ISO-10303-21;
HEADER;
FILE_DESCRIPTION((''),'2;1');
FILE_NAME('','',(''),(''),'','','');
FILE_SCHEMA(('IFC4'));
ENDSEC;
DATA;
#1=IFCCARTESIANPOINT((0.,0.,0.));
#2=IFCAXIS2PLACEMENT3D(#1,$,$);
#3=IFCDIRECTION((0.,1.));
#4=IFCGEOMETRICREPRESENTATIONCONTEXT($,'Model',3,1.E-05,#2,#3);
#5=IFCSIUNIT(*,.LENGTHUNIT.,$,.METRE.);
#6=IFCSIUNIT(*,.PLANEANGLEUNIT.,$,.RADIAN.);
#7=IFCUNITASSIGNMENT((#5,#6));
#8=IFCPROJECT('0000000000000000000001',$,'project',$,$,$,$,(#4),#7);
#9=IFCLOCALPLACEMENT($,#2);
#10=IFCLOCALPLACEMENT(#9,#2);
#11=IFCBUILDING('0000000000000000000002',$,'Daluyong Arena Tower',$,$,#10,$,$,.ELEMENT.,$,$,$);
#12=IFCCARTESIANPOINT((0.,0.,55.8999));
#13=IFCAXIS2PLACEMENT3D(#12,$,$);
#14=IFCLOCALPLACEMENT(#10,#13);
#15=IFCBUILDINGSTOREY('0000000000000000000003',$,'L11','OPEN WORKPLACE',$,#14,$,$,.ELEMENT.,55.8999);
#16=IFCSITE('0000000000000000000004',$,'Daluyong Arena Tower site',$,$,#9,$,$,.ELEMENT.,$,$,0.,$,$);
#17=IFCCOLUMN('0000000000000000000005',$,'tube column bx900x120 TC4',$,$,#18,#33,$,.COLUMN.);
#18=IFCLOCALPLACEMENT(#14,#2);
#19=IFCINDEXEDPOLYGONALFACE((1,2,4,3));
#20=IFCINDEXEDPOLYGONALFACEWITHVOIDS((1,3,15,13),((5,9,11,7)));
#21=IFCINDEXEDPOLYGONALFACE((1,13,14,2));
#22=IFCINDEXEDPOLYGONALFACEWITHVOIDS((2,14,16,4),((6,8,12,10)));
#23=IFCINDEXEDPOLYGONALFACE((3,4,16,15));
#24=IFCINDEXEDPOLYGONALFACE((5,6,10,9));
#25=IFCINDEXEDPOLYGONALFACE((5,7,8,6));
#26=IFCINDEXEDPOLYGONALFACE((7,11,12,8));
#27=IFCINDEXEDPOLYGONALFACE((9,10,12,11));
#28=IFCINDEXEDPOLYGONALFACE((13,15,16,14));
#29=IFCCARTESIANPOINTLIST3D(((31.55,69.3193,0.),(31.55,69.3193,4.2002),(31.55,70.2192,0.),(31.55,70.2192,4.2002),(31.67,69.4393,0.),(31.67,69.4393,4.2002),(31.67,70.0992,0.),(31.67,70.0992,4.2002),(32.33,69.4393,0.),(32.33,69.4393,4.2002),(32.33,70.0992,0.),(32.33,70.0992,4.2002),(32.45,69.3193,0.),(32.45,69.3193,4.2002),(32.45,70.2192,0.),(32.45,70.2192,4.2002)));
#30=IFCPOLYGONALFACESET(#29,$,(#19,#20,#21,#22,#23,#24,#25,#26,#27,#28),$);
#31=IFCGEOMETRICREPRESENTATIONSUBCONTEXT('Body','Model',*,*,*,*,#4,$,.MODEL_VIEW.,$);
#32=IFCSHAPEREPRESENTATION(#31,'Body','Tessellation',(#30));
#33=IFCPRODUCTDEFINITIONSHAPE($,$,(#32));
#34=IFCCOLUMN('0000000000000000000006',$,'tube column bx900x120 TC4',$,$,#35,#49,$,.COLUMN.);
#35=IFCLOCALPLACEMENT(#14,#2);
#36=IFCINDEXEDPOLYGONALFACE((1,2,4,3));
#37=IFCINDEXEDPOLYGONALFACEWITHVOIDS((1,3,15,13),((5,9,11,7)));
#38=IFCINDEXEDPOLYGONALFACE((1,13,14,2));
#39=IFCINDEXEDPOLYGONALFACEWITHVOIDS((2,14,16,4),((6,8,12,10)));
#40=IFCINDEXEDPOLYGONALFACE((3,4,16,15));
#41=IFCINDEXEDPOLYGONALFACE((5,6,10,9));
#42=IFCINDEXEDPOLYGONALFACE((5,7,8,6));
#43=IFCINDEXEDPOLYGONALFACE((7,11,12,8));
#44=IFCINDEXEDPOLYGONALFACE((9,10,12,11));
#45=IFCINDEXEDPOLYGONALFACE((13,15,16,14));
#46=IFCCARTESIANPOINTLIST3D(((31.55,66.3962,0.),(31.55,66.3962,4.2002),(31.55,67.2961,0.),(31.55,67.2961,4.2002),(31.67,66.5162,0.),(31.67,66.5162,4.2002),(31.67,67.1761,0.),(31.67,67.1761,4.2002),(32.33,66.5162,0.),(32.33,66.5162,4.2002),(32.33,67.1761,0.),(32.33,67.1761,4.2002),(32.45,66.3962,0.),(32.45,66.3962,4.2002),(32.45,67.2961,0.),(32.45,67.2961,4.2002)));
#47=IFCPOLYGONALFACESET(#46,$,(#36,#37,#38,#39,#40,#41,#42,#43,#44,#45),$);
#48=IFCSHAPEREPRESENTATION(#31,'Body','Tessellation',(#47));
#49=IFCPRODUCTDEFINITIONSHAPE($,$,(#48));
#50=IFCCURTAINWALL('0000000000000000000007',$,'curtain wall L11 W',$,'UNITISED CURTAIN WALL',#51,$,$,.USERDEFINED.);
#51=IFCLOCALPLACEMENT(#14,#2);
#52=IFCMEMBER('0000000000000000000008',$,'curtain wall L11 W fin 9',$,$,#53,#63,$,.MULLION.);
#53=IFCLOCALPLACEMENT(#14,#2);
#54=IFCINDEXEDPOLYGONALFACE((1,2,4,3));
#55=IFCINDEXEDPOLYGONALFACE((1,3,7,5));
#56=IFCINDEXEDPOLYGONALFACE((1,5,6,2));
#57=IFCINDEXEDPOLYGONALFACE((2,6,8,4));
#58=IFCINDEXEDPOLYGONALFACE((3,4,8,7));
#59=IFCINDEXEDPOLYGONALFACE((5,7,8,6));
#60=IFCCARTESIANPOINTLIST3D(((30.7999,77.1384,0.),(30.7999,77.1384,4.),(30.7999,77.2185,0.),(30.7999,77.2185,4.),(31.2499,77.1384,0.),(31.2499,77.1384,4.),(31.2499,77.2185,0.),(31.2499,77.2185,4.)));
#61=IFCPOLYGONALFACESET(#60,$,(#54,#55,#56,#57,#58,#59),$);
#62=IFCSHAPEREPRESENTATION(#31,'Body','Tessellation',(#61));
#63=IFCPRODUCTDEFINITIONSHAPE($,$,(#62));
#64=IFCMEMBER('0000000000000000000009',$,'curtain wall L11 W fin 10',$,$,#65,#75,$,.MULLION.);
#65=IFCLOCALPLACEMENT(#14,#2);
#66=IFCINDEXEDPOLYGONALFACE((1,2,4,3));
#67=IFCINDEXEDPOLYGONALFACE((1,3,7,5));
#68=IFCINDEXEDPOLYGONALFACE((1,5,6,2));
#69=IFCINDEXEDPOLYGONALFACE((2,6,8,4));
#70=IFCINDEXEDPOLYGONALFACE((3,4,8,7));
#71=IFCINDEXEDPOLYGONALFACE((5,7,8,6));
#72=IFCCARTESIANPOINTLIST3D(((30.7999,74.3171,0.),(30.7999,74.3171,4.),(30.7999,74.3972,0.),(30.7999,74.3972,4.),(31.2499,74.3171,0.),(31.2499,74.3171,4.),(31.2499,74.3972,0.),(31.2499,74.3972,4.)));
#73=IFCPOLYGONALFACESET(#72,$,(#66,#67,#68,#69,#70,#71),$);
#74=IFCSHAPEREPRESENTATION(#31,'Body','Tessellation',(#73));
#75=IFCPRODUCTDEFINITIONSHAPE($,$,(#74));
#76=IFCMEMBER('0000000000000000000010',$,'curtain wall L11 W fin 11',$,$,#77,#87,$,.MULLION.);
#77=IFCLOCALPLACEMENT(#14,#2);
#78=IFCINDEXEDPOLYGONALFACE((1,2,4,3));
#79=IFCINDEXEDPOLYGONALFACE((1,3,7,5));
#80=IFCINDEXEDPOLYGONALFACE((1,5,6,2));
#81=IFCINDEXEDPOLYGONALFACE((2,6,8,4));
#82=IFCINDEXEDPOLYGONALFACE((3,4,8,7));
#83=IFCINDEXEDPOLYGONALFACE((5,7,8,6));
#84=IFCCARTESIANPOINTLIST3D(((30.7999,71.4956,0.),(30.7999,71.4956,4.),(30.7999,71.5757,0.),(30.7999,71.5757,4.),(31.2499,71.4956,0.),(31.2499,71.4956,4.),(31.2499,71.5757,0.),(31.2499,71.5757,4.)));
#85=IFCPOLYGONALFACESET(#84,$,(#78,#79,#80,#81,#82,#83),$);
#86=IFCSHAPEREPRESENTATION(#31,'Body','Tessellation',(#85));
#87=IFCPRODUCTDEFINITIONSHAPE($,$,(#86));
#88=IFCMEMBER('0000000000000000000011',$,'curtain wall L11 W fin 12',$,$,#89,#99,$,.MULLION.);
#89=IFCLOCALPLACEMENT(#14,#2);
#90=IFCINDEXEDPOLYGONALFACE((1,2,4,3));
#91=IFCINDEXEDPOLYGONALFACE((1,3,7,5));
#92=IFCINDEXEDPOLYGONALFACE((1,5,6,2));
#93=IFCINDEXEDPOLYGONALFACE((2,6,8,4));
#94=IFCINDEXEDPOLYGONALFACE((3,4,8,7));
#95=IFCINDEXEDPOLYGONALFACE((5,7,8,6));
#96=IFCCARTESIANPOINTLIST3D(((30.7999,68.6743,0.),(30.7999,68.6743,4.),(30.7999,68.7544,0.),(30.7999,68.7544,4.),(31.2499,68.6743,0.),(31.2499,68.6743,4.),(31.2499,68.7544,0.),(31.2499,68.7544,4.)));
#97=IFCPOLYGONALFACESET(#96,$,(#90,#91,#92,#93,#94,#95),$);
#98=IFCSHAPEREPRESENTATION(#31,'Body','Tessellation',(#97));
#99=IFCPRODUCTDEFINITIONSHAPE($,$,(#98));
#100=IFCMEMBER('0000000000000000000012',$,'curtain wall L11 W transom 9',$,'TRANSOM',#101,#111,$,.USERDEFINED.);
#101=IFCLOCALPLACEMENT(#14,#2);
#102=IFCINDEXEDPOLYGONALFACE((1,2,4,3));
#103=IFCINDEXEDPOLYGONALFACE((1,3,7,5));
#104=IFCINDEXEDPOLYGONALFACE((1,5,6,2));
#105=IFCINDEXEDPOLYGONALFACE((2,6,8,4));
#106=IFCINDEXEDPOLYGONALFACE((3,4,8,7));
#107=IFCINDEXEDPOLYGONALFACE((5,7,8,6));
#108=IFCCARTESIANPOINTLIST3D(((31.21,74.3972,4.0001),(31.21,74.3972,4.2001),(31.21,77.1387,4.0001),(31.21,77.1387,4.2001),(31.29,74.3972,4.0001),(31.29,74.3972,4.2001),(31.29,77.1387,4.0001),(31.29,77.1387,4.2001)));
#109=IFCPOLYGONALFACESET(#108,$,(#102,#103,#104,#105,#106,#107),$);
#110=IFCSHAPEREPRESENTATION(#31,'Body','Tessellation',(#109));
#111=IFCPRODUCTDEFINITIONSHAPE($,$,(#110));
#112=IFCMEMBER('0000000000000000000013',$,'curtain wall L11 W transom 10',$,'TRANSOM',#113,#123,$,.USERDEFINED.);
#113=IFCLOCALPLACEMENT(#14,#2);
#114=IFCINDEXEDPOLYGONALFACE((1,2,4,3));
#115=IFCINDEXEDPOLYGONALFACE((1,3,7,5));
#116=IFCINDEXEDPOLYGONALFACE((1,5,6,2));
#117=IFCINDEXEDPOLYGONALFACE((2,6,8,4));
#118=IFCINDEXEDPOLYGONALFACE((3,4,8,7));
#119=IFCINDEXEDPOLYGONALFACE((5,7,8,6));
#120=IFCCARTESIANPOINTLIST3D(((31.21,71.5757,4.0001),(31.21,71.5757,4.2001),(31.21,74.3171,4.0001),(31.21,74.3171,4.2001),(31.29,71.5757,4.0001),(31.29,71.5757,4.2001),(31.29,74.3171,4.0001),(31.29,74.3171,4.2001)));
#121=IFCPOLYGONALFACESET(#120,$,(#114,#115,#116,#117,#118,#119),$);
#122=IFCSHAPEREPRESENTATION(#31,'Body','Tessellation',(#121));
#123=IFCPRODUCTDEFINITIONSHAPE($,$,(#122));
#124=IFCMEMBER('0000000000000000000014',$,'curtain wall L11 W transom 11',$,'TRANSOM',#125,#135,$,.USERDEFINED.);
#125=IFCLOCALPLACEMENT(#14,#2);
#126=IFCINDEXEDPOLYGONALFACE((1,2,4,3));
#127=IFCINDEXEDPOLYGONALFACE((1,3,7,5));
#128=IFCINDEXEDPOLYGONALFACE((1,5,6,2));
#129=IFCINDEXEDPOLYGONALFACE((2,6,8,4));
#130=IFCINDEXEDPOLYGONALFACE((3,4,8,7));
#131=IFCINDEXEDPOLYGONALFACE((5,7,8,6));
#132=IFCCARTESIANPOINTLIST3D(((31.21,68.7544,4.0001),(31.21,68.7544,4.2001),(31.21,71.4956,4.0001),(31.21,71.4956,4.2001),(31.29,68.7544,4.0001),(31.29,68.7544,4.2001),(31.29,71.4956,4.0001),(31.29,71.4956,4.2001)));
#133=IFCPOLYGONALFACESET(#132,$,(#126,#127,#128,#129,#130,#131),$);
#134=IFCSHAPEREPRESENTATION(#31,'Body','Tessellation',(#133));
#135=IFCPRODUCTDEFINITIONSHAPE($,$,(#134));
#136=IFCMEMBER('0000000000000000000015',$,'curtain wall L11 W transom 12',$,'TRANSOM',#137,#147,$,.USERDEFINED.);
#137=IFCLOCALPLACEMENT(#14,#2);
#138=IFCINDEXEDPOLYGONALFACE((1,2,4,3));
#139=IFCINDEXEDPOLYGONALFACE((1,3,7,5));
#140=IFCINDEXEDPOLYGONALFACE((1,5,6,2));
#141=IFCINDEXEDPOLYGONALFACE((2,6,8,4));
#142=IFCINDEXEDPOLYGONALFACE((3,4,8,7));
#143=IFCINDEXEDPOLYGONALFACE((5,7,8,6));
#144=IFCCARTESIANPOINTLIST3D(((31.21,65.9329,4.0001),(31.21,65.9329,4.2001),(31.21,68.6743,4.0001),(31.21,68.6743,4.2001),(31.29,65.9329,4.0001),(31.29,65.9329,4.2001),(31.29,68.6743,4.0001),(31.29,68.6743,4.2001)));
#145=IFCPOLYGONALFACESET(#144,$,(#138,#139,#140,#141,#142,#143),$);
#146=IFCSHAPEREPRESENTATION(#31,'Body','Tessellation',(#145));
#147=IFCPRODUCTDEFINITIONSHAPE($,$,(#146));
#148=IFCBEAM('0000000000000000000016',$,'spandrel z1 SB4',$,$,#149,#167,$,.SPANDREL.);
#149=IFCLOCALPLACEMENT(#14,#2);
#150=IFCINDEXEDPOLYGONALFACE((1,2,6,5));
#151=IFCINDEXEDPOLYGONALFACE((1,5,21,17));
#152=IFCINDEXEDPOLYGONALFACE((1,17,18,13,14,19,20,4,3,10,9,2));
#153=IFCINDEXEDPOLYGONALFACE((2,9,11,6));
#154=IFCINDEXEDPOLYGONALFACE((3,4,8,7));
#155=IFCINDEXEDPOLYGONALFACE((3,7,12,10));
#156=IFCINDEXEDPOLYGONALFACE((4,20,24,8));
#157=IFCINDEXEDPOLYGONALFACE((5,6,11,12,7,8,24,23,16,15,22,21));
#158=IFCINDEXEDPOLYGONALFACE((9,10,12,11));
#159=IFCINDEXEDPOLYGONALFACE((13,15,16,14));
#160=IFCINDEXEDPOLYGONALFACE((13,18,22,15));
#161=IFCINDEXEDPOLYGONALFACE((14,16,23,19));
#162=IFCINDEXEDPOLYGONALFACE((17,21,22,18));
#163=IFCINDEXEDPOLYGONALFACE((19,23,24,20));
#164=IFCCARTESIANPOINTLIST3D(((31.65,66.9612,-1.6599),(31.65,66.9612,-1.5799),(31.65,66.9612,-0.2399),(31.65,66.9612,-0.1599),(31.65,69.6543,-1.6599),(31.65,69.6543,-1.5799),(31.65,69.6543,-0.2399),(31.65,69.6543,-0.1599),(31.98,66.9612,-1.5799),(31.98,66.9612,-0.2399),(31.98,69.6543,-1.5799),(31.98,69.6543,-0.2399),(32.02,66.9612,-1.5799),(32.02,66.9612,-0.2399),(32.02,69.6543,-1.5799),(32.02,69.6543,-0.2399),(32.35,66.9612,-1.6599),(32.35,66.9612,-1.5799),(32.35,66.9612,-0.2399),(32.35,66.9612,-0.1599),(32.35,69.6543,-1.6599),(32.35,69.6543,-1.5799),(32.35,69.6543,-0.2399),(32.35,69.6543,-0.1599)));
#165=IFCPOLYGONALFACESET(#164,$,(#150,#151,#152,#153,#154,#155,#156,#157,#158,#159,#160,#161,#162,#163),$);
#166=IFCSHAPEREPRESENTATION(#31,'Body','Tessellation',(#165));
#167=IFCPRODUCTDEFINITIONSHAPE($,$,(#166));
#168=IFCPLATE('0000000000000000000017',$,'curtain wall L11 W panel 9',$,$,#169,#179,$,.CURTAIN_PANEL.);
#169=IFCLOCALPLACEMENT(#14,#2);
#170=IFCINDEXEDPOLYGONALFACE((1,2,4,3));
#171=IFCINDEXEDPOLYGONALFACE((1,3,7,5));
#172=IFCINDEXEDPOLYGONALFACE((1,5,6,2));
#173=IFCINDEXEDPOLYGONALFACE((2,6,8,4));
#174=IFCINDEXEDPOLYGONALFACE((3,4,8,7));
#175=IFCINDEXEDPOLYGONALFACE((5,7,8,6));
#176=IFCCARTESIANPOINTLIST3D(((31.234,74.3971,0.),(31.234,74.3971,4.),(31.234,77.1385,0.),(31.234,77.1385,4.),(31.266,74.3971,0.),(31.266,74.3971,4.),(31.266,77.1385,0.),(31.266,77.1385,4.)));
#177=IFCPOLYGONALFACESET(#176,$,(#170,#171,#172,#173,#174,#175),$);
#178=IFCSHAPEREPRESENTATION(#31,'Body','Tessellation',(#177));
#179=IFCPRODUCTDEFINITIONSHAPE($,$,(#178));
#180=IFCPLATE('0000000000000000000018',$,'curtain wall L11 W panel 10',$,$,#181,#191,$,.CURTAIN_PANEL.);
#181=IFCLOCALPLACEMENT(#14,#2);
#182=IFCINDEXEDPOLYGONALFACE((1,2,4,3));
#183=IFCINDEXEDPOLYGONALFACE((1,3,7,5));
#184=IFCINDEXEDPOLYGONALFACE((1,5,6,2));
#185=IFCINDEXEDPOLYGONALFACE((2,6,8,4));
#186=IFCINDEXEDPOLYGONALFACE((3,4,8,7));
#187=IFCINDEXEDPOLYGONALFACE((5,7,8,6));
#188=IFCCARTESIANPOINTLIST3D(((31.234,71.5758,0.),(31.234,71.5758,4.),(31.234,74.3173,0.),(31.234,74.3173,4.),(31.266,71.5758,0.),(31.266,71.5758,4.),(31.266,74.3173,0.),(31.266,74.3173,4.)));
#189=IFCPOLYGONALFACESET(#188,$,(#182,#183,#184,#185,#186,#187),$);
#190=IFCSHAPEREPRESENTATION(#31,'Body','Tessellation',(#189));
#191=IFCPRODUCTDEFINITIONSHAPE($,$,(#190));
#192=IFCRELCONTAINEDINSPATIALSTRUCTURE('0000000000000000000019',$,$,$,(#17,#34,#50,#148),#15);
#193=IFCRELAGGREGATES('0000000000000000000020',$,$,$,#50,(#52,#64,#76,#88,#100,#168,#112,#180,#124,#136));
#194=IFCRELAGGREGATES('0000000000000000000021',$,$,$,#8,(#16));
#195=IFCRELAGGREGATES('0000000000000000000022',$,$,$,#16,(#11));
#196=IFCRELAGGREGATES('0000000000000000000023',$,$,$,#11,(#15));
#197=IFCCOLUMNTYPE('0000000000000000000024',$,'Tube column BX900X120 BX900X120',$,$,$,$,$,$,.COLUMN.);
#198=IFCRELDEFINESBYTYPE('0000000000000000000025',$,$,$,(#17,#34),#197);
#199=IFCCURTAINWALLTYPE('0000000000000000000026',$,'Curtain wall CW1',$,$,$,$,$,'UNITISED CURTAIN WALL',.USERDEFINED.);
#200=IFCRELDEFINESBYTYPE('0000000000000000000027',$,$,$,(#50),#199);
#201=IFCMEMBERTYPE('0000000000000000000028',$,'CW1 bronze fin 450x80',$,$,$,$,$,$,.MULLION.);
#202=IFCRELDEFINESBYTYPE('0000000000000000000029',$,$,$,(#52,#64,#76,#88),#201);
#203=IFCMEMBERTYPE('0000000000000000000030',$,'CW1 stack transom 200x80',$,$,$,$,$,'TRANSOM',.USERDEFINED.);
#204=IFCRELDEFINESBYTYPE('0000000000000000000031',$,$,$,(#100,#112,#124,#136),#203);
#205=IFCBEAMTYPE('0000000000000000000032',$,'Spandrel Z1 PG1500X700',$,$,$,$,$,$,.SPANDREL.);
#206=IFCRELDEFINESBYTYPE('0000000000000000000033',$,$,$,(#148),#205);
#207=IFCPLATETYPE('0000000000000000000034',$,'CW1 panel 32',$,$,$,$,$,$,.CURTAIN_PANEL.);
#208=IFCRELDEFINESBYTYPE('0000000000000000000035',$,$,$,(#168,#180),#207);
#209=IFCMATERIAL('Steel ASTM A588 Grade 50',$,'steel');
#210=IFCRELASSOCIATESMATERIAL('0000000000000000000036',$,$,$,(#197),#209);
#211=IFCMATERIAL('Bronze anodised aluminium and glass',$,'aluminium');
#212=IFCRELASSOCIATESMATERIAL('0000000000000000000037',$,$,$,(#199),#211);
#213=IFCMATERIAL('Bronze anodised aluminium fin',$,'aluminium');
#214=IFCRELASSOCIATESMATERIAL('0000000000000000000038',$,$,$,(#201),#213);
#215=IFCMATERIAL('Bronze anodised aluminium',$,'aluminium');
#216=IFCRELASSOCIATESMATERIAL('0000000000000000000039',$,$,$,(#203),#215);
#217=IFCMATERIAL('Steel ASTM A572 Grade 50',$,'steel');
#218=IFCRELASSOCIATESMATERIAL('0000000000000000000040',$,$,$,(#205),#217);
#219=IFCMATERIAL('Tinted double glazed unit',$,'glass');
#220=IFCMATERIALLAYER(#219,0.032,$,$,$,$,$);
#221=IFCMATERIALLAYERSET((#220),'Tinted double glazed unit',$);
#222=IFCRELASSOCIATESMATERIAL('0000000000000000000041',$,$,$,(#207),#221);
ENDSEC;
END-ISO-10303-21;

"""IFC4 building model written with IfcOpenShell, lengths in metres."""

from ifc_helpers import new_model, si_unit, direction, frame, origin, origin_2d, place, context, subcontext, project, spatial, rectangle, hollow_rectangle, i_section, extrude, material, layer, layer_set, material_profile, profile_set, type_object, element, aggregate, save


model = new_model("IFC4")

# Units and contexts
model_context = context("Model", 3, precision=1e-05, world=origin(), true_north=direction((0.0, 1.0)))
body_context = subcontext(model_context, "Body", "Model", "MODEL_VIEW")
ifc_project = project(units=[si_unit("LENGTHUNIT", "METRE"), si_unit("PLANEANGLEUNIT", "RADIAN")], contexts=[model_context])

# Site, building, storey
site_placement = place(None, origin())
site = spatial("IfcSite", under=ifc_project, at=site_placement, Name="Daluyong Arena Tower site", CompositionType="ELEMENT", RefElevation=0.0)
building_placement = place(site_placement, origin())
building = spatial("IfcBuilding", under=site, at=building_placement, Name="Daluyong Arena Tower", CompositionType="ELEMENT")
storey_placement = place(building_placement, frame((0.0, 0.0, 55.8999)))
storey = spatial("IfcBuildingStorey", under=building, at=storey_placement, Name="L11", Description="OPEN WORKPLACE", CompositionType="ELEMENT", Elevation=55.8999)

# Columns
ifc_material_1 = material(Name="Steel ASTM A588 Grade 50", Category="steel")
ifc_material_profile_1 = material_profile(ifc_material_1, hollow_rectangle(XDim=0.8999, YDim=0.8999, WallThickness=0.12, at=origin_2d()))
ifc_profile_set_1 = profile_set([ifc_material_profile_1], Name="Steel ASTM A588 Grade 50")
column_type = type_object("IfcColumnType", Name="Tube column BX900X120 BX900X120", PredefinedType="COLUMN", material=ifc_profile_set_1)
for number, where, z_axis, x_axis, name in (
    (1, (32.0, 69.7693, 0.0), (0.0, 0.0, 1.0), (0.0, 1.0, 0.0), "tube column bx900x120 TC4"),
    (2, (32.0, 66.8462, 0.0), (0.0, 0.0, 1.0), (0.0, 1.0, 0.0), "tube column bx900x120 TC4"),
):
    element("IfcColumn", number, at=place(storey_placement, frame(where, z_axis=z_axis, x_axis=x_axis)), inside=storey, type_object=column_type, Name=name, PredefinedType="COLUMN", context=body_context, shape_type="SweptSolid", body=[
        extrude(hollow_rectangle(XDim=0.8999, YDim=0.8999, WallThickness=0.12, at=origin_2d()), origin(), (0.0, 0.0, 1.0), 4.2002),
    ])

# Curtain wall, members
ifc_material_2 = material(Name="Bronze anodised aluminium and glass", Category="aluminium")
curtain_wall_type = type_object("IfcCurtainWallType", Name="Curtain wall CW1", ElementType="UNITISED CURTAIN WALL", PredefinedType="USERDEFINED", material=ifc_material_2)
curtain_wall_placement = place(storey_placement, origin())
curtain_wall = element("IfcCurtainWall", 3, at=curtain_wall_placement, inside=storey, type_object=curtain_wall_type, Name="curtain wall L11 W", ObjectType="UNITISED CURTAIN WALL", PredefinedType="USERDEFINED")
ifc_material_3 = material(Name="Bronze anodised aluminium fin", Category="aluminium")
ifc_material_profile_2 = material_profile(ifc_material_3, rectangle(XDim=0.45, YDim=0.0801, at=origin_2d()))
ifc_profile_set_2 = profile_set([ifc_material_profile_2], Name="Bronze anodised aluminium fin")
member_type_1 = type_object("IfcMemberType", Name="CW1 bronze fin 450x80", PredefinedType="MULLION", material=ifc_profile_set_2)
member_1_placement = place(storey_placement, frame((31.0249, 77.1785, 0.0), z_axis=(0.0, 0.0, 1.0), x_axis=(1.0, 0.0, 0.0)))
member_1 = element("IfcMember", 4, at=member_1_placement, type_object=member_type_1, Name="curtain wall L11 W fin 9", PredefinedType="MULLION", context=body_context, shape_type="SweptSolid", body=[
    extrude(rectangle(XDim=0.45, YDim=0.0801, at=origin_2d()), origin(), (0.0, 0.0, 1.0), 4.0),
])
member_2_placement = place(storey_placement, frame((31.0249, 74.3572, 0.0), z_axis=(0.0, 0.0, 1.0), x_axis=(1.0, 0.0, 0.0)))
member_2 = element("IfcMember", 5, at=member_2_placement, type_object=member_type_1, Name="curtain wall L11 W fin 10", PredefinedType="MULLION", context=body_context, shape_type="SweptSolid", body=[
    extrude(rectangle(XDim=0.45, YDim=0.0801, at=origin_2d()), origin(), (0.0, 0.0, 1.0), 4.0),
])
member_3_placement = place(storey_placement, frame((31.0249, 71.5356, 0.0), z_axis=(0.0, 0.0, 1.0), x_axis=(1.0, 0.0, 0.0)))
member_3 = element("IfcMember", 6, at=member_3_placement, type_object=member_type_1, Name="curtain wall L11 W fin 11", PredefinedType="MULLION", context=body_context, shape_type="SweptSolid", body=[
    extrude(rectangle(XDim=0.45, YDim=0.0801, at=origin_2d()), origin(), (0.0, 0.0, 1.0), 4.0),
])
member_4_placement = place(storey_placement, frame((31.0249, 68.7144, 0.0), z_axis=(0.0, 0.0, 1.0), x_axis=(1.0, 0.0, 0.0)))
member_4 = element("IfcMember", 7, at=member_4_placement, type_object=member_type_1, Name="curtain wall L11 W fin 12", PredefinedType="MULLION", context=body_context, shape_type="SweptSolid", body=[
    extrude(rectangle(XDim=0.45, YDim=0.0801, at=origin_2d()), origin(), (0.0, 0.0, 1.0), 4.0),
])
ifc_material_4 = material(Name="Bronze anodised aluminium", Category="aluminium")
ifc_material_profile_3 = material_profile(ifc_material_4, rectangle(XDim=0.0801, YDim=0.2, at=origin_2d()))
ifc_profile_set_3 = profile_set([ifc_material_profile_3], Name="Bronze anodised aluminium")
member_type_2 = type_object("IfcMemberType", Name="CW1 stack transom 200x80", ElementType="TRANSOM", PredefinedType="USERDEFINED", material=ifc_profile_set_3)
member_5_placement = place(storey_placement, frame((31.25, 77.1387, 4.1001), z_axis=(0.0, -1.0, 0.0), x_axis=(1.0, 0.0, 0.0)))
member_5 = element("IfcMember", 8, at=member_5_placement, type_object=member_type_2, Name="curtain wall L11 W transom 9", ObjectType="TRANSOM", PredefinedType="USERDEFINED", context=body_context, shape_type="SweptSolid", body=[
    extrude(rectangle(XDim=0.0801, YDim=0.2, at=origin_2d()), origin(), (0.0, 0.0, 1.0), 2.7415),
])
member_6_placement = place(storey_placement, frame((31.25, 74.3171, 4.1001), z_axis=(0.0, -1.0, 0.0), x_axis=(1.0, 0.0, 0.0)))
member_6 = element("IfcMember", 9, at=member_6_placement, type_object=member_type_2, Name="curtain wall L11 W transom 10", ObjectType="TRANSOM", PredefinedType="USERDEFINED", context=body_context, shape_type="SweptSolid", body=[
    extrude(rectangle(XDim=0.0801, YDim=0.2, at=origin_2d()), origin(), (0.0, 0.0, 1.0), 2.7415),
])
member_7_placement = place(storey_placement, frame((31.25, 71.4956, 4.1001), z_axis=(0.0, -1.0, 0.0), x_axis=(1.0, 0.0, 0.0)))
member_7 = element("IfcMember", 10, at=member_7_placement, type_object=member_type_2, Name="curtain wall L11 W transom 11", ObjectType="TRANSOM", PredefinedType="USERDEFINED", context=body_context, shape_type="SweptSolid", body=[
    extrude(rectangle(XDim=0.0801, YDim=0.2, at=origin_2d()), origin(), (0.0, 0.0, 1.0), 2.7412),
])
member_8_placement = place(storey_placement, frame((31.25, 68.6743, 4.1001), z_axis=(0.0, -1.0, 0.0), x_axis=(1.0, 0.0, 0.0)))
member_8 = element("IfcMember", 11, at=member_8_placement, type_object=member_type_2, Name="curtain wall L11 W transom 12", ObjectType="TRANSOM", PredefinedType="USERDEFINED", context=body_context, shape_type="SweptSolid", body=[
    extrude(rectangle(XDim=0.0801, YDim=0.2, at=origin_2d()), origin(), (0.0, 0.0, 1.0), 2.7415),
])

# Beam
ifc_material_5 = material(Name="Steel ASTM A572 Grade 50", Category="steel")
ifc_material_profile_4 = material_profile(ifc_material_5, i_section(OverallWidth=0.7, OverallDepth=1.5, WebThickness=0.04, FlangeThickness=0.08, at=origin_2d()))
ifc_profile_set_4 = profile_set([ifc_material_profile_4], Name="Steel ASTM A572 Grade 50")
beam_type = type_object("IfcBeamType", Name="Spandrel Z1 PG1500X700", PredefinedType="SPANDREL", material=ifc_profile_set_4)
beam_placement = place(storey_placement, frame((32.0, 69.6543, -0.9099), z_axis=(0.0, -1.0, 0.0), x_axis=(1.0, 0.0, 0.0)))
element("IfcBeam", 12, at=beam_placement, inside=storey, type_object=beam_type, Name="spandrel z1 SB4", PredefinedType="SPANDREL", context=body_context, shape_type="SweptSolid", body=[
    extrude(i_section(OverallWidth=0.7, OverallDepth=1.5, WebThickness=0.04, FlangeThickness=0.08, at=origin_2d()), origin(), (0.0, 0.0, 1.0), 2.6931),
])

# Plates
ifc_material_6 = material(Name="Tinted double glazed unit", Category="glass")
ifc_layer = layer(ifc_material_6, 0.032)
ifc_layer_set = layer_set([ifc_layer], Name="Tinted double glazed unit")
plate_type = type_object("IfcPlateType", Name="CW1 panel 32", PredefinedType="CURTAIN_PANEL", material=ifc_layer_set)
plate_1_placement = place(storey_placement, frame((31.25, 75.7678, 0.0), z_axis=(0.0, 0.0, 1.0), x_axis=(0.0, -1.0, 0.0)))
plate_1 = element("IfcPlate", 13, at=plate_1_placement, type_object=plate_type, Name="curtain wall L11 W panel 9", PredefinedType="CURTAIN_PANEL", context=body_context, shape_type="SweptSolid", body=[
    extrude(rectangle(XDim=2.7415, YDim=0.032, at=origin_2d()), origin(), (0.0, 0.0, 1.0), 4.0),
])
plate_2_placement = place(storey_placement, frame((31.25, 72.9465, 0.0), z_axis=(0.0, 0.0, 1.0), x_axis=(0.0, -1.0, 0.0)))
plate_2 = element("IfcPlate", 14, at=plate_2_placement, type_object=plate_type, Name="curtain wall L11 W panel 10", PredefinedType="CURTAIN_PANEL", context=body_context, shape_type="SweptSolid", body=[
    extrude(rectangle(XDim=2.7415, YDim=0.032, at=origin_2d()), origin(), (0.0, 0.0, 1.0), 4.0),
])
aggregate(curtain_wall, [member_1, member_2, member_3, member_4, member_5, plate_1, member_6, plate_2, member_7, member_8])

save(model, "model.ifc")
